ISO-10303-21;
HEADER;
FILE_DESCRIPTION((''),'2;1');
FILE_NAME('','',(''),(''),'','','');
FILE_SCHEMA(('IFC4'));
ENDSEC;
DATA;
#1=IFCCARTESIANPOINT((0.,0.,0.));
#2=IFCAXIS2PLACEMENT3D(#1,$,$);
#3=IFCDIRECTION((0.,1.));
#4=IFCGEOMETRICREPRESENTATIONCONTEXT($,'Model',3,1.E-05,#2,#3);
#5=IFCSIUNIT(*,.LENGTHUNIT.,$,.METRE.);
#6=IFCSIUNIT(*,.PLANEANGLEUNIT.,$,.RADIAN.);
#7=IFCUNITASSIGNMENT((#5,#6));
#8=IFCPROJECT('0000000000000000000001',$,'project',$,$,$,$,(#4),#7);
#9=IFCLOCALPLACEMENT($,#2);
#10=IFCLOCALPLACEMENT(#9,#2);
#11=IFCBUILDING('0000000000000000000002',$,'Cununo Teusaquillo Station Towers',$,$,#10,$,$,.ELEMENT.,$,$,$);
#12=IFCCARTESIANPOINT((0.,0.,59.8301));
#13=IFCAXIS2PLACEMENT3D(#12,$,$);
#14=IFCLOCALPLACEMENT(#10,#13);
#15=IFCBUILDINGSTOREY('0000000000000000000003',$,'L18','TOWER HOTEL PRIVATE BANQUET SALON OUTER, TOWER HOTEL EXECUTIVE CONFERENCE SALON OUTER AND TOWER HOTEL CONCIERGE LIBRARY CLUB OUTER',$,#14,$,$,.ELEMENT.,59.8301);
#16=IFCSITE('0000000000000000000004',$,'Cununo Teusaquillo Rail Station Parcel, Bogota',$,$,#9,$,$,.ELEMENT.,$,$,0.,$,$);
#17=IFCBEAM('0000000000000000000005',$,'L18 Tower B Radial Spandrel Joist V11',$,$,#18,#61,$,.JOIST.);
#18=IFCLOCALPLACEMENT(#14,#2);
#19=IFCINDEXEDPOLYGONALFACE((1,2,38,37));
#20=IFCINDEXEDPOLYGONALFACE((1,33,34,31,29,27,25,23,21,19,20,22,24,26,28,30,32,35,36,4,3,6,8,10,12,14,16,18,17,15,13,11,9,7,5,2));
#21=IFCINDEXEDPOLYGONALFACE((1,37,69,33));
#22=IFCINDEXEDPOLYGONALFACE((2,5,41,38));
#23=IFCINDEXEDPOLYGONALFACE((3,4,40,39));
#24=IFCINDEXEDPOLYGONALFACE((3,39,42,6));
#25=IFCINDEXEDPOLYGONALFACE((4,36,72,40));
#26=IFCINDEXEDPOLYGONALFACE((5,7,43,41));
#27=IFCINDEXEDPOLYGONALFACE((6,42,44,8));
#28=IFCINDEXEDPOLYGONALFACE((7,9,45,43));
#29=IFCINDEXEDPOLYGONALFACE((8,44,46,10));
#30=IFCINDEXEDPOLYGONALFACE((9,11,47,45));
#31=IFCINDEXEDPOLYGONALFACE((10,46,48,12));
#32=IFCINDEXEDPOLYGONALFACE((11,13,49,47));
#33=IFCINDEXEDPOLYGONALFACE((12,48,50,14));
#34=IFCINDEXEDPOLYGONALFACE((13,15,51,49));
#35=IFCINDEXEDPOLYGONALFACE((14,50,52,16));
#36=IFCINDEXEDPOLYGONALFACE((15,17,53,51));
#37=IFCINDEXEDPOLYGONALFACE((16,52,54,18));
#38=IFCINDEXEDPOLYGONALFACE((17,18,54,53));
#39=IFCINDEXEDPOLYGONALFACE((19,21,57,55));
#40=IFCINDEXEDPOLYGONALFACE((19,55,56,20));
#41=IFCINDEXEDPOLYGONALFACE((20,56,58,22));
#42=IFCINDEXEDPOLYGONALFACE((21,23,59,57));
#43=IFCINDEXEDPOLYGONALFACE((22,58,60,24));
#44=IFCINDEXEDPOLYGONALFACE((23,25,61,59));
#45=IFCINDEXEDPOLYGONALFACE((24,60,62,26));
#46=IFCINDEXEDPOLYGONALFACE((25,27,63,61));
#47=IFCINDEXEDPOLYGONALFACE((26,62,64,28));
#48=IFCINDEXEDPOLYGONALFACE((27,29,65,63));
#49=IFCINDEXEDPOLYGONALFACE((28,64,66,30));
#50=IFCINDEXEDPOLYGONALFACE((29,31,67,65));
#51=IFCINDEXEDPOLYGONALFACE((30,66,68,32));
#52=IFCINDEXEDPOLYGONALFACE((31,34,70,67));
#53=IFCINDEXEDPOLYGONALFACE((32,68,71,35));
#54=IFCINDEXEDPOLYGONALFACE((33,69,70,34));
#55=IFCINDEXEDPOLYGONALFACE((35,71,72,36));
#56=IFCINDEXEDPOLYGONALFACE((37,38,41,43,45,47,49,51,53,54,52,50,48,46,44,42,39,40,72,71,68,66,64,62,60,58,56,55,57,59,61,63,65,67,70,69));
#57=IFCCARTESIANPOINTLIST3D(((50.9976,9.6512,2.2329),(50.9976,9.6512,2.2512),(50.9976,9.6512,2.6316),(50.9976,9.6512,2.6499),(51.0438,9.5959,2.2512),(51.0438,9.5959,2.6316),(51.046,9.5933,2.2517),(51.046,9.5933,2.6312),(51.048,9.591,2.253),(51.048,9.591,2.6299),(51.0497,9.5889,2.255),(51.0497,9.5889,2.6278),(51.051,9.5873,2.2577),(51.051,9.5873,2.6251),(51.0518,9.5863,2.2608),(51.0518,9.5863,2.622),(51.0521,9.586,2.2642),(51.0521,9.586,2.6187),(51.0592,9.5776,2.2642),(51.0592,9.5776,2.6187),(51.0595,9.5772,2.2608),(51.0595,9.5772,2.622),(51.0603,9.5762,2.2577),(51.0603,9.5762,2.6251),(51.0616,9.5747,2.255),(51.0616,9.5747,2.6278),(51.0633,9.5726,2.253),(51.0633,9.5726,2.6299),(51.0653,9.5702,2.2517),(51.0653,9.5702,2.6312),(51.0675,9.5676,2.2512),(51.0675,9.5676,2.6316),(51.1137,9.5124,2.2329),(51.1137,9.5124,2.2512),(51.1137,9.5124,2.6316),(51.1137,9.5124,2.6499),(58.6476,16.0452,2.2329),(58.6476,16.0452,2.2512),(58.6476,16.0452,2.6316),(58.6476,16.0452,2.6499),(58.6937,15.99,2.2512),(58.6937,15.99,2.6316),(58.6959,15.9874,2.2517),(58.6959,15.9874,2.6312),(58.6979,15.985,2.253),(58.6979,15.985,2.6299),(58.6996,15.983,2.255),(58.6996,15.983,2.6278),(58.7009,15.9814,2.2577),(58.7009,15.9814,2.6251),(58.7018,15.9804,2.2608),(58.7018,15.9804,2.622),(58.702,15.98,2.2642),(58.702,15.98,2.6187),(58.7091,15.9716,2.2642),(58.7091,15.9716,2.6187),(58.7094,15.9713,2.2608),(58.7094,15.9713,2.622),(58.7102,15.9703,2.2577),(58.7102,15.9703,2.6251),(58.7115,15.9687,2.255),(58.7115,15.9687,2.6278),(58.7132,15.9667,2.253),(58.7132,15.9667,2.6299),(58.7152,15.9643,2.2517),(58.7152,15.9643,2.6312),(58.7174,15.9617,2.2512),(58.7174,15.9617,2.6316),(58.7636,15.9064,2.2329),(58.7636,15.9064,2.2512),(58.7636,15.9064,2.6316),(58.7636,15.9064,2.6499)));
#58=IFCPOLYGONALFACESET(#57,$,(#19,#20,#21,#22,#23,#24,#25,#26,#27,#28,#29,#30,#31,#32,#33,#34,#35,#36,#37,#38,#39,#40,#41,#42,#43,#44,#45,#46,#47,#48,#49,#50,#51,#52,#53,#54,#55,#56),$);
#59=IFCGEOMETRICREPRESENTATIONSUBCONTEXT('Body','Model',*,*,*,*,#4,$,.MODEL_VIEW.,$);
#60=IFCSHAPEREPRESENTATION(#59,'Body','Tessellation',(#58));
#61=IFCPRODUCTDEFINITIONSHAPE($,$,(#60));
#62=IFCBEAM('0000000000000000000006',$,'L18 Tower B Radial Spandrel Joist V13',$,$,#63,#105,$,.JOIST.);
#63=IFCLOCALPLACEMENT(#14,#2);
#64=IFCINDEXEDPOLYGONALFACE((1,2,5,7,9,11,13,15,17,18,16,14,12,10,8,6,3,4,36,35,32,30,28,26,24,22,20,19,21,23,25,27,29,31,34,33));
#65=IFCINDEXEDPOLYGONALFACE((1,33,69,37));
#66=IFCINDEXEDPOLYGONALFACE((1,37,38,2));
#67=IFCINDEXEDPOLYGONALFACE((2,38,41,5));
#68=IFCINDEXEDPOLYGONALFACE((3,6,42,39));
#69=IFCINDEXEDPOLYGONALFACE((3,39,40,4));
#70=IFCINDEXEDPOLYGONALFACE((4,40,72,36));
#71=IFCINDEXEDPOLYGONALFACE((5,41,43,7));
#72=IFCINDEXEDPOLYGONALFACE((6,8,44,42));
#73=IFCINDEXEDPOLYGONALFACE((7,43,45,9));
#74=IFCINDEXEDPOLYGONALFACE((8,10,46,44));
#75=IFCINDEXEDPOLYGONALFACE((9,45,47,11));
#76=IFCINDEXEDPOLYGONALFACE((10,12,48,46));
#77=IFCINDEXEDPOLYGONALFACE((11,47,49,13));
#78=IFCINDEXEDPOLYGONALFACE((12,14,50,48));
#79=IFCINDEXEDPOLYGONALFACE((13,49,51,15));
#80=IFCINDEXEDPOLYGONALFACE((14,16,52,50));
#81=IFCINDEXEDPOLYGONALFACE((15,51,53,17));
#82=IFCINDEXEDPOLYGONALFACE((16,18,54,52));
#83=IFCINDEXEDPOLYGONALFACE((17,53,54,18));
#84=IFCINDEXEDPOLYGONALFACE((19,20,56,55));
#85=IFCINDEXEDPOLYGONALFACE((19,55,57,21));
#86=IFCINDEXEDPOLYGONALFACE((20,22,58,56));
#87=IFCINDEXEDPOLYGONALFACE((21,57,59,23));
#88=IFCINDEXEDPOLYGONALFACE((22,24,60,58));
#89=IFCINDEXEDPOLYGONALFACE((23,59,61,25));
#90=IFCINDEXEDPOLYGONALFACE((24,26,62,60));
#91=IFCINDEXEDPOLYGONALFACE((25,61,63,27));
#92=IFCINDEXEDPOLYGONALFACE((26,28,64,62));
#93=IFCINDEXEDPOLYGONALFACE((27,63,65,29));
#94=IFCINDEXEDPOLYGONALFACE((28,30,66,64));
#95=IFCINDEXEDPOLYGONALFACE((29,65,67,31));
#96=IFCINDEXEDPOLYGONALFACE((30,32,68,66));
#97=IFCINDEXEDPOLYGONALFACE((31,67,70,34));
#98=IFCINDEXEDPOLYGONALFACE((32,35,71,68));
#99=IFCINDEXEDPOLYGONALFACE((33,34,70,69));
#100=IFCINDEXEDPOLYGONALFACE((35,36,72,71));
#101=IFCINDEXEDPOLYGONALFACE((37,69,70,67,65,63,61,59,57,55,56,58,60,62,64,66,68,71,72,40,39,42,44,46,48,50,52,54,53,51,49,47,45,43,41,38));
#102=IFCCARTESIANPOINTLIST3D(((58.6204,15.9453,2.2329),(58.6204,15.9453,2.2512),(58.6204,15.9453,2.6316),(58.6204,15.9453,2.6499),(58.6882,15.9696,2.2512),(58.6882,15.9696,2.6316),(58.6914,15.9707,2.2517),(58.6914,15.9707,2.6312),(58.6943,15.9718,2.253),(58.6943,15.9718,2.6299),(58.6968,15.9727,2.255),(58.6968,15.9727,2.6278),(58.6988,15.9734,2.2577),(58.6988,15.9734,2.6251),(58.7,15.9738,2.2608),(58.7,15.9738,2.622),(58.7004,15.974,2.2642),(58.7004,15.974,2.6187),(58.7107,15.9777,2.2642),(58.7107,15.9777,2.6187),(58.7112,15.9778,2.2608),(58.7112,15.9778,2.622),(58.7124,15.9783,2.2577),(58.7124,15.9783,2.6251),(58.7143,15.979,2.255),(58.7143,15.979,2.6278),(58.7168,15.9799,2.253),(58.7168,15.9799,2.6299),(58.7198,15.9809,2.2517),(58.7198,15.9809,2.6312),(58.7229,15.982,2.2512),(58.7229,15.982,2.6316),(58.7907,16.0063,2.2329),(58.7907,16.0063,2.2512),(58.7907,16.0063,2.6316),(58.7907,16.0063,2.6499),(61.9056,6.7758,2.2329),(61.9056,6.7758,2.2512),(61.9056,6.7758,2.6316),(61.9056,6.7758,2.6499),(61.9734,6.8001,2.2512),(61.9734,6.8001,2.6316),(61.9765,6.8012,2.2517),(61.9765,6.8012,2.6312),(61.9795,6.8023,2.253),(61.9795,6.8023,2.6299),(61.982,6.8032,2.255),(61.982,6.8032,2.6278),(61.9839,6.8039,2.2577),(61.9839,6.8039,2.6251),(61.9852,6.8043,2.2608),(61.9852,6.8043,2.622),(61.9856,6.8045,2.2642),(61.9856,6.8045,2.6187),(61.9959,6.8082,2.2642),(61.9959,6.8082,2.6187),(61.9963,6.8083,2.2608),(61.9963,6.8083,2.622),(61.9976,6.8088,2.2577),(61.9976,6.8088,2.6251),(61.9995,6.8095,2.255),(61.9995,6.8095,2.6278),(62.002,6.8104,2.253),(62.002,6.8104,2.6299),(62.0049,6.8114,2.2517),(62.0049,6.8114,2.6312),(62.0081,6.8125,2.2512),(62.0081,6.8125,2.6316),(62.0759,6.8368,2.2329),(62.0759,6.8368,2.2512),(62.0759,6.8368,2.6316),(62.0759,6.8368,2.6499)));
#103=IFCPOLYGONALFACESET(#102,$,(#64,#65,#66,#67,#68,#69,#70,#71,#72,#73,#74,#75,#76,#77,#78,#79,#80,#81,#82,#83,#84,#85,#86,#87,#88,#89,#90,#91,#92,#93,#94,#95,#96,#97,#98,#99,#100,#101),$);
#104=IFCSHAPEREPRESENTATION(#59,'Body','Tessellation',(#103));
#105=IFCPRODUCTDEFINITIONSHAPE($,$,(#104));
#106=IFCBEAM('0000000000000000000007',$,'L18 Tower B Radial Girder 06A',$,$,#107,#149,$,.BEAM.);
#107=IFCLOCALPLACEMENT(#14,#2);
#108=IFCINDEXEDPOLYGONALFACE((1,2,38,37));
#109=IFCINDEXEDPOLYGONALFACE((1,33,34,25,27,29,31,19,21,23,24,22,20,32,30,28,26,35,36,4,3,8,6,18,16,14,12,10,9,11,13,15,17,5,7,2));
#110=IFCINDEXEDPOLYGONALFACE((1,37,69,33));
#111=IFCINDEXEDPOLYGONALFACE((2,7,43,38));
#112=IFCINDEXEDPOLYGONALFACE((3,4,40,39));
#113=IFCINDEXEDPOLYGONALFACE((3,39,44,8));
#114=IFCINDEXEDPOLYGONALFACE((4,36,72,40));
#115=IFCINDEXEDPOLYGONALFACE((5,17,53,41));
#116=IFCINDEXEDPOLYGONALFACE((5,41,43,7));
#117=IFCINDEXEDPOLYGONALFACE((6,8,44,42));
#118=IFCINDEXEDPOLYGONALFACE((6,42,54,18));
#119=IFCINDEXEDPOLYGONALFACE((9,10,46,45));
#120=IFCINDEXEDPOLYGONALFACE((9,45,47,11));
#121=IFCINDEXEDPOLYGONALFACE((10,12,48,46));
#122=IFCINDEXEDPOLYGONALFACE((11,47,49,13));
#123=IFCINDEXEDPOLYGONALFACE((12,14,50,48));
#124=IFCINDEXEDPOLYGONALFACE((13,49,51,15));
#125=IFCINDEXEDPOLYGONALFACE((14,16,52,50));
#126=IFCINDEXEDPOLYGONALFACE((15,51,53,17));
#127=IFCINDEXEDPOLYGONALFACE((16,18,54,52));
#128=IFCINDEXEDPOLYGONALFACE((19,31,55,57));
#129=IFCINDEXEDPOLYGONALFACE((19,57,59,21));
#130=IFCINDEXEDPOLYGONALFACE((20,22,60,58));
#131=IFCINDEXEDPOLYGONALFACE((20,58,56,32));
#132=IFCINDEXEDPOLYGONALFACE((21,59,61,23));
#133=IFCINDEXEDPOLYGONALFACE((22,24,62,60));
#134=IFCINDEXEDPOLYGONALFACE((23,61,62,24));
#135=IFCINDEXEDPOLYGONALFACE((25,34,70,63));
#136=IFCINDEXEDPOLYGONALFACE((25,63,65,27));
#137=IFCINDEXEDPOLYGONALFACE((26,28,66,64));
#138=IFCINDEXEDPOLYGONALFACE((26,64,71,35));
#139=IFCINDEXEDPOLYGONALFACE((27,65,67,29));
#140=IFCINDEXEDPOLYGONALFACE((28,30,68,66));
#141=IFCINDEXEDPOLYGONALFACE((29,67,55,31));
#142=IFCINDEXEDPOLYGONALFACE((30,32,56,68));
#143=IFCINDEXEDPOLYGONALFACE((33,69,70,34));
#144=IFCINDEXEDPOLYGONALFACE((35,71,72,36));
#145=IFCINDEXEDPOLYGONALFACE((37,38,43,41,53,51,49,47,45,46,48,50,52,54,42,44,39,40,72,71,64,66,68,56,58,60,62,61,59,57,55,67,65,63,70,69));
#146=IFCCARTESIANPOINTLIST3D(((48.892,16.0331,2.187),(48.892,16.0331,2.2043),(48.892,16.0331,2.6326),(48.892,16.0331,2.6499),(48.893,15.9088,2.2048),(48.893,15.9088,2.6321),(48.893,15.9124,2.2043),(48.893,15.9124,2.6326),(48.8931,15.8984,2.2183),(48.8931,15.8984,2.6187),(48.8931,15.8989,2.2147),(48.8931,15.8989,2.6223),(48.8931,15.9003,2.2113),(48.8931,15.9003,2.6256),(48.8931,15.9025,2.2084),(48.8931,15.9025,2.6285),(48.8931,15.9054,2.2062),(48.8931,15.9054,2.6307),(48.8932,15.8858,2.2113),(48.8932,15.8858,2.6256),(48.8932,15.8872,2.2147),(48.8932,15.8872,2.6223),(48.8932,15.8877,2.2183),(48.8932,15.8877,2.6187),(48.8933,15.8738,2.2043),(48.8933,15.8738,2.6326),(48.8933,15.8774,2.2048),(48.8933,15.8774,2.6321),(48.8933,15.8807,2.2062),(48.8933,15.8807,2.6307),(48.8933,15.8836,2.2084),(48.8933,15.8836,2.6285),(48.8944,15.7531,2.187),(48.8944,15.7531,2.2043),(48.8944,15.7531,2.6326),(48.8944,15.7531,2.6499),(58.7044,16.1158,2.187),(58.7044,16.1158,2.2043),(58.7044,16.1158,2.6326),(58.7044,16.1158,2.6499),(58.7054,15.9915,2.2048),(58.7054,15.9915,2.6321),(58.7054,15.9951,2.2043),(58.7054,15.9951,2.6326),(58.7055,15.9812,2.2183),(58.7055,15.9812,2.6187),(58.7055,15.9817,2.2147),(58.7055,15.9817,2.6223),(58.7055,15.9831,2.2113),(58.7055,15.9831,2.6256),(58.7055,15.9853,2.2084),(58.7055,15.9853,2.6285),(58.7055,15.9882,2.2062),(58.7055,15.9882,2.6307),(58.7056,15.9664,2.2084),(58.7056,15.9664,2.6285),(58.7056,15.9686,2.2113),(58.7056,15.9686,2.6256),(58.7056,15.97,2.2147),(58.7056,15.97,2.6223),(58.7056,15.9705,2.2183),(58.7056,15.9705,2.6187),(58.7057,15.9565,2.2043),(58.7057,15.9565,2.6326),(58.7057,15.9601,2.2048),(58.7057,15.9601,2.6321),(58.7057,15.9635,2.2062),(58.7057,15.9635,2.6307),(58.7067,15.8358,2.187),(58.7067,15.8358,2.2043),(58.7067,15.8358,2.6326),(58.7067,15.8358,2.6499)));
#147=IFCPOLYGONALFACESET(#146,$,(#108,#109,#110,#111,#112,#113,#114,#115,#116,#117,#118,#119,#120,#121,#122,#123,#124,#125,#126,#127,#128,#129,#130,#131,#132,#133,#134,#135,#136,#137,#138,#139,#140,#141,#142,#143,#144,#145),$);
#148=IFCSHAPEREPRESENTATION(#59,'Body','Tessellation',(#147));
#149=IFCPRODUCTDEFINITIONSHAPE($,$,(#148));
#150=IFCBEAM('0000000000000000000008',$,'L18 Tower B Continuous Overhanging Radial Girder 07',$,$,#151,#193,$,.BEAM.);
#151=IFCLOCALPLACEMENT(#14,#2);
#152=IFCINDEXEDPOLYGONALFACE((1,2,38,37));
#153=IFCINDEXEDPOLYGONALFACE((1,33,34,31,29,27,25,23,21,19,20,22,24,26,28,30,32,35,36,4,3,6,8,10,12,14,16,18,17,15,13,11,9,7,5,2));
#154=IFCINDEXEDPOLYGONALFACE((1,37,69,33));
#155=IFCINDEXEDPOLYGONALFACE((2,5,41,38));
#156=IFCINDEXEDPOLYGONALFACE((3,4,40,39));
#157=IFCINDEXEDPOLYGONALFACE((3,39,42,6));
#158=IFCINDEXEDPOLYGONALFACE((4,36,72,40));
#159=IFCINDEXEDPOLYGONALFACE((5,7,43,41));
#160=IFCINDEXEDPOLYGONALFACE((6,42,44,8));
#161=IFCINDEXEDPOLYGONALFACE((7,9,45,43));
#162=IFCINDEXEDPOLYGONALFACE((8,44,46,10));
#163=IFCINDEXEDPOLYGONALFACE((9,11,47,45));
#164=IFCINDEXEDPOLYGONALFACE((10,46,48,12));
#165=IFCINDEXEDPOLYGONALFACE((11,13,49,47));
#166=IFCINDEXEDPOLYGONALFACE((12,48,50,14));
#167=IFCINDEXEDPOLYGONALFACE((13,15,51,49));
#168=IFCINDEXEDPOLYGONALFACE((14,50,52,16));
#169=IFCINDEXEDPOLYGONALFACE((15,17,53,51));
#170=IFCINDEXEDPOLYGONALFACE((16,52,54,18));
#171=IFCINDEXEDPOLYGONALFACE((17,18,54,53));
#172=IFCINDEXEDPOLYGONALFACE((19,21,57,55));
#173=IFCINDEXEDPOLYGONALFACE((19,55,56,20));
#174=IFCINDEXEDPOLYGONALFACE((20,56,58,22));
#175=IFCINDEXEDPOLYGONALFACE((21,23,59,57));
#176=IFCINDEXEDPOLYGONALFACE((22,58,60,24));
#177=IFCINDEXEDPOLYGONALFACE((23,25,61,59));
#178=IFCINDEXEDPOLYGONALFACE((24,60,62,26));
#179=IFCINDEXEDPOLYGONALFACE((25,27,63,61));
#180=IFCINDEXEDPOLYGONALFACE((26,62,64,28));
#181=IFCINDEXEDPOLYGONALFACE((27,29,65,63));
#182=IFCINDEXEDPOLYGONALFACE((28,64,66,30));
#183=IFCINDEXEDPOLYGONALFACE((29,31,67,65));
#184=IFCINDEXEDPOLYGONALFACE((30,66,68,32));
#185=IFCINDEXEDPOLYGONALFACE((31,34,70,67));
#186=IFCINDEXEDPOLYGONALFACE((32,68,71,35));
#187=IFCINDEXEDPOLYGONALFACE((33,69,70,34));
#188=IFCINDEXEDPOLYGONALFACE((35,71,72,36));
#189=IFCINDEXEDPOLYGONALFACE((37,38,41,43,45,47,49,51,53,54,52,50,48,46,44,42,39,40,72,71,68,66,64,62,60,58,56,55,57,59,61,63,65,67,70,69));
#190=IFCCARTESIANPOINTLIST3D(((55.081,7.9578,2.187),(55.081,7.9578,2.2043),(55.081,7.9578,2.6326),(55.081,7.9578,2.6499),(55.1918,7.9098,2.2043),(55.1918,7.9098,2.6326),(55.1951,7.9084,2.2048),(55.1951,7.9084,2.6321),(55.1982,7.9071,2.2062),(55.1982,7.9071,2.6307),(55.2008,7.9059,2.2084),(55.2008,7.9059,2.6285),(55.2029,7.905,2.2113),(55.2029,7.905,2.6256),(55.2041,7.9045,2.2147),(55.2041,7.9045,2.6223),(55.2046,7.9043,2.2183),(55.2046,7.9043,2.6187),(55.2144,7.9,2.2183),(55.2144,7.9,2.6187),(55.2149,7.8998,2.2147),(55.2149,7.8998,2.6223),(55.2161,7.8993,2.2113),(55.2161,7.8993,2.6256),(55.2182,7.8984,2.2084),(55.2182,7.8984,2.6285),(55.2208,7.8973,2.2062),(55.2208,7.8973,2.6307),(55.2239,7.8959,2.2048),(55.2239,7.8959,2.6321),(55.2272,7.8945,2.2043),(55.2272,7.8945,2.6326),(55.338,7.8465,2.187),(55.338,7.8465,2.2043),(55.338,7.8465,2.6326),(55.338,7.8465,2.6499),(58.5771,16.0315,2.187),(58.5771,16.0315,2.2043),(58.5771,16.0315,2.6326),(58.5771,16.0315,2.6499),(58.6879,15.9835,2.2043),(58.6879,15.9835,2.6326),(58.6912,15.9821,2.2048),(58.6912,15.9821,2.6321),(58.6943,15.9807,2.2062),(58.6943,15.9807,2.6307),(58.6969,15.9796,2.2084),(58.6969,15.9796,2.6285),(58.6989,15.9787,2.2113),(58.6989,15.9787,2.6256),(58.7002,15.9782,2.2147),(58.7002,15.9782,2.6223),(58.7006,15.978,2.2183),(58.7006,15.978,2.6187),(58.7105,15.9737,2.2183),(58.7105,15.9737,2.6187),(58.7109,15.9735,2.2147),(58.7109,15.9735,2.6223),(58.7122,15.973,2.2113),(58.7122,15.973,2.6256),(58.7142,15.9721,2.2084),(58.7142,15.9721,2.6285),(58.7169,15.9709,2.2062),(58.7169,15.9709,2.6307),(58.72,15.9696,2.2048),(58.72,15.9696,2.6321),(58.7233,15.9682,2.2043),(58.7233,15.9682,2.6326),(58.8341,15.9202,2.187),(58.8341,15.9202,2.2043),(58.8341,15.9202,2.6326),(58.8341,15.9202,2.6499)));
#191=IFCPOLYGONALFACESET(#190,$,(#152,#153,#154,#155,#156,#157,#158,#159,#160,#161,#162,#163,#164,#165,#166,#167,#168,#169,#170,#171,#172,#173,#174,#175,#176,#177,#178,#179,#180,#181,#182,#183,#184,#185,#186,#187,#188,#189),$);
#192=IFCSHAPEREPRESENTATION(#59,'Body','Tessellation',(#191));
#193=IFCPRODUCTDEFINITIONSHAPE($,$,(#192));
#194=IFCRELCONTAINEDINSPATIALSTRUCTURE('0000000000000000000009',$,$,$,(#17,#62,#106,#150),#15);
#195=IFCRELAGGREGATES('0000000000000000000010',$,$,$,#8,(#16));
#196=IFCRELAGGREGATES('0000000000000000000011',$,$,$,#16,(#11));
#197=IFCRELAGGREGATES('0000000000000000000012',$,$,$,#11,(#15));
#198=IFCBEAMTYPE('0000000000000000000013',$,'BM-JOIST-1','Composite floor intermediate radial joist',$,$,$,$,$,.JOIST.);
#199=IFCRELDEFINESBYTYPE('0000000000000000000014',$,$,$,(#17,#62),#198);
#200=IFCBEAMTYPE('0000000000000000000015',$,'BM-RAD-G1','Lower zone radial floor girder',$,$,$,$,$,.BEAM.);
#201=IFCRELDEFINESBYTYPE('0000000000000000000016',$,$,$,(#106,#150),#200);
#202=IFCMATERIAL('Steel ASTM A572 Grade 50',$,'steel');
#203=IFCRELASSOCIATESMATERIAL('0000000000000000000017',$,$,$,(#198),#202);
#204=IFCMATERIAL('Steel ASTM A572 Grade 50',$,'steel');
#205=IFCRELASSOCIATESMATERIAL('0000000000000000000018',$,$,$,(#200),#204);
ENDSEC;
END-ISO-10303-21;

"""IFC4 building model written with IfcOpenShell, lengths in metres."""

from ifc_helpers import new_model, si_unit, direction, frame, origin, origin_2d, place, context, subcontext, project, spatial, i_section, extrude, material, material_profile, profile_set, type_object, element, save


model = new_model("IFC4")

# Units and contexts
model_context = context("Model", 3, precision=1e-05, world=origin(), true_north=direction((0.0, 1.0)))
body_context = subcontext(model_context, "Body", "Model", "MODEL_VIEW")
ifc_project = project(units=[si_unit("LENGTHUNIT", "METRE"), si_unit("PLANEANGLEUNIT", "RADIAN")], contexts=[model_context])

# Site, building, storey
site_placement = place(None, origin())
site = spatial("IfcSite", under=ifc_project, at=site_placement, Name="Cununo Teusaquillo Rail Station Parcel, Bogota", CompositionType="ELEMENT", RefElevation=0.0)
building_placement = place(site_placement, origin())
building = spatial("IfcBuilding", under=site, at=building_placement, Name="Cununo Teusaquillo Station Towers", CompositionType="ELEMENT")
storey_placement = place(building_placement, frame((0.0, 0.0, 59.8301)))
storey = spatial("IfcBuildingStorey", under=building, at=storey_placement, Name="L18", Description="TOWER HOTEL PRIVATE BANQUET SALON OUTER, TOWER HOTEL EXECUTIVE CONFERENCE SALON OUTER AND TOWER HOTEL CONCIERGE LIBRARY CLUB OUTER", CompositionType="ELEMENT", Elevation=59.8301)

# Beams
ifc_material_1 = material(Name="Steel ASTM A572 Grade 50", Category="steel")
ifc_material_profile_1 = material_profile(ifc_material_1, i_section(OverallWidth=0.1809, OverallDepth=0.417, WebThickness=0.011, FlangeThickness=0.0183, FilletRadius=0.0129, at=origin_2d()), Name="W16X57")
ifc_profile_set_1 = profile_set([ifc_material_profile_1], Name="Steel ASTM A572 Grade 50")
beam_type_1 = type_object("IfcBeamType", Name="BM-JOIST-1", Description="Composite floor intermediate radial joist", PredefinedType="JOIST", material=ifc_profile_set_1)
beam_1_placement = place(storey_placement, frame((58.7056, 15.9758, 2.4414), z_axis=(-0.767277, -0.641316, 0.0), x_axis=(0.641316, -0.767277, 0.0)))
element("IfcBeam", 1, at=beam_1_placement, inside=storey, type_object=beam_type_1, Name="L18 Tower B Radial Spandrel Joist V11", PredefinedType="JOIST", context=body_context, shape_type="SweptSolid", body=[
    extrude(i_section(OverallWidth=0.1809, OverallDepth=0.417, WebThickness=0.011, FlangeThickness=0.0183, FilletRadius=0.0129, at=origin_2d()), origin(), (0.0, 0.0, 1.0), 9.9702),
])
beam_2_placement = place(storey_placement, frame((58.7056, 15.9758, 2.4414), z_axis=(0.337279, -0.941405, 0.0), x_axis=(0.941405, 0.337279, 0.0)))
element("IfcBeam", 2, at=beam_2_placement, inside=storey, type_object=beam_type_1, Name="L18 Tower B Radial Spandrel Joist V13", PredefinedType="JOIST", context=body_context, shape_type="SweptSolid", body=[
    extrude(i_section(OverallWidth=0.1809, OverallDepth=0.417, WebThickness=0.011, FlangeThickness=0.0183, FilletRadius=0.0129, at=origin_2d()), origin(), (0.0, 0.0, 1.0), 9.7402),
])
ifc_material_2 = material(Name="Steel ASTM A572 Grade 50", Category="steel")
ifc_material_profile_2 = material_profile(ifc_material_2, i_section(OverallWidth=0.28, OverallDepth=0.4629, WebThickness=0.0107, FlangeThickness=0.0173, FilletRadius=0.0139, at=origin_2d()), Name="W18X76")
ifc_profile_set_2 = profile_set([ifc_material_profile_2], Name="Steel ASTM A572 Grade 50")
beam_type_2 = type_object("IfcBeamType", Name="BM-RAD-G1", Description="Lower zone radial floor girder", PredefinedType="BEAM", material=ifc_profile_set_2)
beam_3_placement = place(storey_placement, frame((58.7056, 15.9758, 2.4185), z_axis=(-0.999964, -0.008434, 0.0), x_axis=(0.008434, -0.999964, 0.0)))
element("IfcBeam", 3, at=beam_3_placement, inside=storey, type_object=beam_type_2, Name="L18 Tower B Radial Girder 06A", PredefinedType="BEAM", context=body_context, shape_type="SweptSolid", body=[
    extrude(i_section(OverallWidth=0.28, OverallDepth=0.4629, WebThickness=0.0107, FlangeThickness=0.0173, FilletRadius=0.0139, at=origin_2d()), origin(), (0.0, 0.0, 1.0), 9.8127),
])
beam_4_placement = place(storey_placement, frame((58.7056, 15.9758, 2.4185), z_axis=(-0.397366, -0.91766, 0.0), x_axis=(0.91766, -0.397366, 0.0)))
element("IfcBeam", 4, at=beam_4_placement, inside=storey, type_object=beam_type_2, Name="L18 Tower B Continuous Overhanging Radial Girder 07", PredefinedType="BEAM", context=body_context, shape_type="SweptSolid", body=[
    extrude(i_section(OverallWidth=0.28, OverallDepth=0.4629, WebThickness=0.0107, FlangeThickness=0.0173, FilletRadius=0.0139, at=origin_2d()), origin(), (0.0, 0.0, 1.0), 8.7981),
])

save(model, "model.ifc")
